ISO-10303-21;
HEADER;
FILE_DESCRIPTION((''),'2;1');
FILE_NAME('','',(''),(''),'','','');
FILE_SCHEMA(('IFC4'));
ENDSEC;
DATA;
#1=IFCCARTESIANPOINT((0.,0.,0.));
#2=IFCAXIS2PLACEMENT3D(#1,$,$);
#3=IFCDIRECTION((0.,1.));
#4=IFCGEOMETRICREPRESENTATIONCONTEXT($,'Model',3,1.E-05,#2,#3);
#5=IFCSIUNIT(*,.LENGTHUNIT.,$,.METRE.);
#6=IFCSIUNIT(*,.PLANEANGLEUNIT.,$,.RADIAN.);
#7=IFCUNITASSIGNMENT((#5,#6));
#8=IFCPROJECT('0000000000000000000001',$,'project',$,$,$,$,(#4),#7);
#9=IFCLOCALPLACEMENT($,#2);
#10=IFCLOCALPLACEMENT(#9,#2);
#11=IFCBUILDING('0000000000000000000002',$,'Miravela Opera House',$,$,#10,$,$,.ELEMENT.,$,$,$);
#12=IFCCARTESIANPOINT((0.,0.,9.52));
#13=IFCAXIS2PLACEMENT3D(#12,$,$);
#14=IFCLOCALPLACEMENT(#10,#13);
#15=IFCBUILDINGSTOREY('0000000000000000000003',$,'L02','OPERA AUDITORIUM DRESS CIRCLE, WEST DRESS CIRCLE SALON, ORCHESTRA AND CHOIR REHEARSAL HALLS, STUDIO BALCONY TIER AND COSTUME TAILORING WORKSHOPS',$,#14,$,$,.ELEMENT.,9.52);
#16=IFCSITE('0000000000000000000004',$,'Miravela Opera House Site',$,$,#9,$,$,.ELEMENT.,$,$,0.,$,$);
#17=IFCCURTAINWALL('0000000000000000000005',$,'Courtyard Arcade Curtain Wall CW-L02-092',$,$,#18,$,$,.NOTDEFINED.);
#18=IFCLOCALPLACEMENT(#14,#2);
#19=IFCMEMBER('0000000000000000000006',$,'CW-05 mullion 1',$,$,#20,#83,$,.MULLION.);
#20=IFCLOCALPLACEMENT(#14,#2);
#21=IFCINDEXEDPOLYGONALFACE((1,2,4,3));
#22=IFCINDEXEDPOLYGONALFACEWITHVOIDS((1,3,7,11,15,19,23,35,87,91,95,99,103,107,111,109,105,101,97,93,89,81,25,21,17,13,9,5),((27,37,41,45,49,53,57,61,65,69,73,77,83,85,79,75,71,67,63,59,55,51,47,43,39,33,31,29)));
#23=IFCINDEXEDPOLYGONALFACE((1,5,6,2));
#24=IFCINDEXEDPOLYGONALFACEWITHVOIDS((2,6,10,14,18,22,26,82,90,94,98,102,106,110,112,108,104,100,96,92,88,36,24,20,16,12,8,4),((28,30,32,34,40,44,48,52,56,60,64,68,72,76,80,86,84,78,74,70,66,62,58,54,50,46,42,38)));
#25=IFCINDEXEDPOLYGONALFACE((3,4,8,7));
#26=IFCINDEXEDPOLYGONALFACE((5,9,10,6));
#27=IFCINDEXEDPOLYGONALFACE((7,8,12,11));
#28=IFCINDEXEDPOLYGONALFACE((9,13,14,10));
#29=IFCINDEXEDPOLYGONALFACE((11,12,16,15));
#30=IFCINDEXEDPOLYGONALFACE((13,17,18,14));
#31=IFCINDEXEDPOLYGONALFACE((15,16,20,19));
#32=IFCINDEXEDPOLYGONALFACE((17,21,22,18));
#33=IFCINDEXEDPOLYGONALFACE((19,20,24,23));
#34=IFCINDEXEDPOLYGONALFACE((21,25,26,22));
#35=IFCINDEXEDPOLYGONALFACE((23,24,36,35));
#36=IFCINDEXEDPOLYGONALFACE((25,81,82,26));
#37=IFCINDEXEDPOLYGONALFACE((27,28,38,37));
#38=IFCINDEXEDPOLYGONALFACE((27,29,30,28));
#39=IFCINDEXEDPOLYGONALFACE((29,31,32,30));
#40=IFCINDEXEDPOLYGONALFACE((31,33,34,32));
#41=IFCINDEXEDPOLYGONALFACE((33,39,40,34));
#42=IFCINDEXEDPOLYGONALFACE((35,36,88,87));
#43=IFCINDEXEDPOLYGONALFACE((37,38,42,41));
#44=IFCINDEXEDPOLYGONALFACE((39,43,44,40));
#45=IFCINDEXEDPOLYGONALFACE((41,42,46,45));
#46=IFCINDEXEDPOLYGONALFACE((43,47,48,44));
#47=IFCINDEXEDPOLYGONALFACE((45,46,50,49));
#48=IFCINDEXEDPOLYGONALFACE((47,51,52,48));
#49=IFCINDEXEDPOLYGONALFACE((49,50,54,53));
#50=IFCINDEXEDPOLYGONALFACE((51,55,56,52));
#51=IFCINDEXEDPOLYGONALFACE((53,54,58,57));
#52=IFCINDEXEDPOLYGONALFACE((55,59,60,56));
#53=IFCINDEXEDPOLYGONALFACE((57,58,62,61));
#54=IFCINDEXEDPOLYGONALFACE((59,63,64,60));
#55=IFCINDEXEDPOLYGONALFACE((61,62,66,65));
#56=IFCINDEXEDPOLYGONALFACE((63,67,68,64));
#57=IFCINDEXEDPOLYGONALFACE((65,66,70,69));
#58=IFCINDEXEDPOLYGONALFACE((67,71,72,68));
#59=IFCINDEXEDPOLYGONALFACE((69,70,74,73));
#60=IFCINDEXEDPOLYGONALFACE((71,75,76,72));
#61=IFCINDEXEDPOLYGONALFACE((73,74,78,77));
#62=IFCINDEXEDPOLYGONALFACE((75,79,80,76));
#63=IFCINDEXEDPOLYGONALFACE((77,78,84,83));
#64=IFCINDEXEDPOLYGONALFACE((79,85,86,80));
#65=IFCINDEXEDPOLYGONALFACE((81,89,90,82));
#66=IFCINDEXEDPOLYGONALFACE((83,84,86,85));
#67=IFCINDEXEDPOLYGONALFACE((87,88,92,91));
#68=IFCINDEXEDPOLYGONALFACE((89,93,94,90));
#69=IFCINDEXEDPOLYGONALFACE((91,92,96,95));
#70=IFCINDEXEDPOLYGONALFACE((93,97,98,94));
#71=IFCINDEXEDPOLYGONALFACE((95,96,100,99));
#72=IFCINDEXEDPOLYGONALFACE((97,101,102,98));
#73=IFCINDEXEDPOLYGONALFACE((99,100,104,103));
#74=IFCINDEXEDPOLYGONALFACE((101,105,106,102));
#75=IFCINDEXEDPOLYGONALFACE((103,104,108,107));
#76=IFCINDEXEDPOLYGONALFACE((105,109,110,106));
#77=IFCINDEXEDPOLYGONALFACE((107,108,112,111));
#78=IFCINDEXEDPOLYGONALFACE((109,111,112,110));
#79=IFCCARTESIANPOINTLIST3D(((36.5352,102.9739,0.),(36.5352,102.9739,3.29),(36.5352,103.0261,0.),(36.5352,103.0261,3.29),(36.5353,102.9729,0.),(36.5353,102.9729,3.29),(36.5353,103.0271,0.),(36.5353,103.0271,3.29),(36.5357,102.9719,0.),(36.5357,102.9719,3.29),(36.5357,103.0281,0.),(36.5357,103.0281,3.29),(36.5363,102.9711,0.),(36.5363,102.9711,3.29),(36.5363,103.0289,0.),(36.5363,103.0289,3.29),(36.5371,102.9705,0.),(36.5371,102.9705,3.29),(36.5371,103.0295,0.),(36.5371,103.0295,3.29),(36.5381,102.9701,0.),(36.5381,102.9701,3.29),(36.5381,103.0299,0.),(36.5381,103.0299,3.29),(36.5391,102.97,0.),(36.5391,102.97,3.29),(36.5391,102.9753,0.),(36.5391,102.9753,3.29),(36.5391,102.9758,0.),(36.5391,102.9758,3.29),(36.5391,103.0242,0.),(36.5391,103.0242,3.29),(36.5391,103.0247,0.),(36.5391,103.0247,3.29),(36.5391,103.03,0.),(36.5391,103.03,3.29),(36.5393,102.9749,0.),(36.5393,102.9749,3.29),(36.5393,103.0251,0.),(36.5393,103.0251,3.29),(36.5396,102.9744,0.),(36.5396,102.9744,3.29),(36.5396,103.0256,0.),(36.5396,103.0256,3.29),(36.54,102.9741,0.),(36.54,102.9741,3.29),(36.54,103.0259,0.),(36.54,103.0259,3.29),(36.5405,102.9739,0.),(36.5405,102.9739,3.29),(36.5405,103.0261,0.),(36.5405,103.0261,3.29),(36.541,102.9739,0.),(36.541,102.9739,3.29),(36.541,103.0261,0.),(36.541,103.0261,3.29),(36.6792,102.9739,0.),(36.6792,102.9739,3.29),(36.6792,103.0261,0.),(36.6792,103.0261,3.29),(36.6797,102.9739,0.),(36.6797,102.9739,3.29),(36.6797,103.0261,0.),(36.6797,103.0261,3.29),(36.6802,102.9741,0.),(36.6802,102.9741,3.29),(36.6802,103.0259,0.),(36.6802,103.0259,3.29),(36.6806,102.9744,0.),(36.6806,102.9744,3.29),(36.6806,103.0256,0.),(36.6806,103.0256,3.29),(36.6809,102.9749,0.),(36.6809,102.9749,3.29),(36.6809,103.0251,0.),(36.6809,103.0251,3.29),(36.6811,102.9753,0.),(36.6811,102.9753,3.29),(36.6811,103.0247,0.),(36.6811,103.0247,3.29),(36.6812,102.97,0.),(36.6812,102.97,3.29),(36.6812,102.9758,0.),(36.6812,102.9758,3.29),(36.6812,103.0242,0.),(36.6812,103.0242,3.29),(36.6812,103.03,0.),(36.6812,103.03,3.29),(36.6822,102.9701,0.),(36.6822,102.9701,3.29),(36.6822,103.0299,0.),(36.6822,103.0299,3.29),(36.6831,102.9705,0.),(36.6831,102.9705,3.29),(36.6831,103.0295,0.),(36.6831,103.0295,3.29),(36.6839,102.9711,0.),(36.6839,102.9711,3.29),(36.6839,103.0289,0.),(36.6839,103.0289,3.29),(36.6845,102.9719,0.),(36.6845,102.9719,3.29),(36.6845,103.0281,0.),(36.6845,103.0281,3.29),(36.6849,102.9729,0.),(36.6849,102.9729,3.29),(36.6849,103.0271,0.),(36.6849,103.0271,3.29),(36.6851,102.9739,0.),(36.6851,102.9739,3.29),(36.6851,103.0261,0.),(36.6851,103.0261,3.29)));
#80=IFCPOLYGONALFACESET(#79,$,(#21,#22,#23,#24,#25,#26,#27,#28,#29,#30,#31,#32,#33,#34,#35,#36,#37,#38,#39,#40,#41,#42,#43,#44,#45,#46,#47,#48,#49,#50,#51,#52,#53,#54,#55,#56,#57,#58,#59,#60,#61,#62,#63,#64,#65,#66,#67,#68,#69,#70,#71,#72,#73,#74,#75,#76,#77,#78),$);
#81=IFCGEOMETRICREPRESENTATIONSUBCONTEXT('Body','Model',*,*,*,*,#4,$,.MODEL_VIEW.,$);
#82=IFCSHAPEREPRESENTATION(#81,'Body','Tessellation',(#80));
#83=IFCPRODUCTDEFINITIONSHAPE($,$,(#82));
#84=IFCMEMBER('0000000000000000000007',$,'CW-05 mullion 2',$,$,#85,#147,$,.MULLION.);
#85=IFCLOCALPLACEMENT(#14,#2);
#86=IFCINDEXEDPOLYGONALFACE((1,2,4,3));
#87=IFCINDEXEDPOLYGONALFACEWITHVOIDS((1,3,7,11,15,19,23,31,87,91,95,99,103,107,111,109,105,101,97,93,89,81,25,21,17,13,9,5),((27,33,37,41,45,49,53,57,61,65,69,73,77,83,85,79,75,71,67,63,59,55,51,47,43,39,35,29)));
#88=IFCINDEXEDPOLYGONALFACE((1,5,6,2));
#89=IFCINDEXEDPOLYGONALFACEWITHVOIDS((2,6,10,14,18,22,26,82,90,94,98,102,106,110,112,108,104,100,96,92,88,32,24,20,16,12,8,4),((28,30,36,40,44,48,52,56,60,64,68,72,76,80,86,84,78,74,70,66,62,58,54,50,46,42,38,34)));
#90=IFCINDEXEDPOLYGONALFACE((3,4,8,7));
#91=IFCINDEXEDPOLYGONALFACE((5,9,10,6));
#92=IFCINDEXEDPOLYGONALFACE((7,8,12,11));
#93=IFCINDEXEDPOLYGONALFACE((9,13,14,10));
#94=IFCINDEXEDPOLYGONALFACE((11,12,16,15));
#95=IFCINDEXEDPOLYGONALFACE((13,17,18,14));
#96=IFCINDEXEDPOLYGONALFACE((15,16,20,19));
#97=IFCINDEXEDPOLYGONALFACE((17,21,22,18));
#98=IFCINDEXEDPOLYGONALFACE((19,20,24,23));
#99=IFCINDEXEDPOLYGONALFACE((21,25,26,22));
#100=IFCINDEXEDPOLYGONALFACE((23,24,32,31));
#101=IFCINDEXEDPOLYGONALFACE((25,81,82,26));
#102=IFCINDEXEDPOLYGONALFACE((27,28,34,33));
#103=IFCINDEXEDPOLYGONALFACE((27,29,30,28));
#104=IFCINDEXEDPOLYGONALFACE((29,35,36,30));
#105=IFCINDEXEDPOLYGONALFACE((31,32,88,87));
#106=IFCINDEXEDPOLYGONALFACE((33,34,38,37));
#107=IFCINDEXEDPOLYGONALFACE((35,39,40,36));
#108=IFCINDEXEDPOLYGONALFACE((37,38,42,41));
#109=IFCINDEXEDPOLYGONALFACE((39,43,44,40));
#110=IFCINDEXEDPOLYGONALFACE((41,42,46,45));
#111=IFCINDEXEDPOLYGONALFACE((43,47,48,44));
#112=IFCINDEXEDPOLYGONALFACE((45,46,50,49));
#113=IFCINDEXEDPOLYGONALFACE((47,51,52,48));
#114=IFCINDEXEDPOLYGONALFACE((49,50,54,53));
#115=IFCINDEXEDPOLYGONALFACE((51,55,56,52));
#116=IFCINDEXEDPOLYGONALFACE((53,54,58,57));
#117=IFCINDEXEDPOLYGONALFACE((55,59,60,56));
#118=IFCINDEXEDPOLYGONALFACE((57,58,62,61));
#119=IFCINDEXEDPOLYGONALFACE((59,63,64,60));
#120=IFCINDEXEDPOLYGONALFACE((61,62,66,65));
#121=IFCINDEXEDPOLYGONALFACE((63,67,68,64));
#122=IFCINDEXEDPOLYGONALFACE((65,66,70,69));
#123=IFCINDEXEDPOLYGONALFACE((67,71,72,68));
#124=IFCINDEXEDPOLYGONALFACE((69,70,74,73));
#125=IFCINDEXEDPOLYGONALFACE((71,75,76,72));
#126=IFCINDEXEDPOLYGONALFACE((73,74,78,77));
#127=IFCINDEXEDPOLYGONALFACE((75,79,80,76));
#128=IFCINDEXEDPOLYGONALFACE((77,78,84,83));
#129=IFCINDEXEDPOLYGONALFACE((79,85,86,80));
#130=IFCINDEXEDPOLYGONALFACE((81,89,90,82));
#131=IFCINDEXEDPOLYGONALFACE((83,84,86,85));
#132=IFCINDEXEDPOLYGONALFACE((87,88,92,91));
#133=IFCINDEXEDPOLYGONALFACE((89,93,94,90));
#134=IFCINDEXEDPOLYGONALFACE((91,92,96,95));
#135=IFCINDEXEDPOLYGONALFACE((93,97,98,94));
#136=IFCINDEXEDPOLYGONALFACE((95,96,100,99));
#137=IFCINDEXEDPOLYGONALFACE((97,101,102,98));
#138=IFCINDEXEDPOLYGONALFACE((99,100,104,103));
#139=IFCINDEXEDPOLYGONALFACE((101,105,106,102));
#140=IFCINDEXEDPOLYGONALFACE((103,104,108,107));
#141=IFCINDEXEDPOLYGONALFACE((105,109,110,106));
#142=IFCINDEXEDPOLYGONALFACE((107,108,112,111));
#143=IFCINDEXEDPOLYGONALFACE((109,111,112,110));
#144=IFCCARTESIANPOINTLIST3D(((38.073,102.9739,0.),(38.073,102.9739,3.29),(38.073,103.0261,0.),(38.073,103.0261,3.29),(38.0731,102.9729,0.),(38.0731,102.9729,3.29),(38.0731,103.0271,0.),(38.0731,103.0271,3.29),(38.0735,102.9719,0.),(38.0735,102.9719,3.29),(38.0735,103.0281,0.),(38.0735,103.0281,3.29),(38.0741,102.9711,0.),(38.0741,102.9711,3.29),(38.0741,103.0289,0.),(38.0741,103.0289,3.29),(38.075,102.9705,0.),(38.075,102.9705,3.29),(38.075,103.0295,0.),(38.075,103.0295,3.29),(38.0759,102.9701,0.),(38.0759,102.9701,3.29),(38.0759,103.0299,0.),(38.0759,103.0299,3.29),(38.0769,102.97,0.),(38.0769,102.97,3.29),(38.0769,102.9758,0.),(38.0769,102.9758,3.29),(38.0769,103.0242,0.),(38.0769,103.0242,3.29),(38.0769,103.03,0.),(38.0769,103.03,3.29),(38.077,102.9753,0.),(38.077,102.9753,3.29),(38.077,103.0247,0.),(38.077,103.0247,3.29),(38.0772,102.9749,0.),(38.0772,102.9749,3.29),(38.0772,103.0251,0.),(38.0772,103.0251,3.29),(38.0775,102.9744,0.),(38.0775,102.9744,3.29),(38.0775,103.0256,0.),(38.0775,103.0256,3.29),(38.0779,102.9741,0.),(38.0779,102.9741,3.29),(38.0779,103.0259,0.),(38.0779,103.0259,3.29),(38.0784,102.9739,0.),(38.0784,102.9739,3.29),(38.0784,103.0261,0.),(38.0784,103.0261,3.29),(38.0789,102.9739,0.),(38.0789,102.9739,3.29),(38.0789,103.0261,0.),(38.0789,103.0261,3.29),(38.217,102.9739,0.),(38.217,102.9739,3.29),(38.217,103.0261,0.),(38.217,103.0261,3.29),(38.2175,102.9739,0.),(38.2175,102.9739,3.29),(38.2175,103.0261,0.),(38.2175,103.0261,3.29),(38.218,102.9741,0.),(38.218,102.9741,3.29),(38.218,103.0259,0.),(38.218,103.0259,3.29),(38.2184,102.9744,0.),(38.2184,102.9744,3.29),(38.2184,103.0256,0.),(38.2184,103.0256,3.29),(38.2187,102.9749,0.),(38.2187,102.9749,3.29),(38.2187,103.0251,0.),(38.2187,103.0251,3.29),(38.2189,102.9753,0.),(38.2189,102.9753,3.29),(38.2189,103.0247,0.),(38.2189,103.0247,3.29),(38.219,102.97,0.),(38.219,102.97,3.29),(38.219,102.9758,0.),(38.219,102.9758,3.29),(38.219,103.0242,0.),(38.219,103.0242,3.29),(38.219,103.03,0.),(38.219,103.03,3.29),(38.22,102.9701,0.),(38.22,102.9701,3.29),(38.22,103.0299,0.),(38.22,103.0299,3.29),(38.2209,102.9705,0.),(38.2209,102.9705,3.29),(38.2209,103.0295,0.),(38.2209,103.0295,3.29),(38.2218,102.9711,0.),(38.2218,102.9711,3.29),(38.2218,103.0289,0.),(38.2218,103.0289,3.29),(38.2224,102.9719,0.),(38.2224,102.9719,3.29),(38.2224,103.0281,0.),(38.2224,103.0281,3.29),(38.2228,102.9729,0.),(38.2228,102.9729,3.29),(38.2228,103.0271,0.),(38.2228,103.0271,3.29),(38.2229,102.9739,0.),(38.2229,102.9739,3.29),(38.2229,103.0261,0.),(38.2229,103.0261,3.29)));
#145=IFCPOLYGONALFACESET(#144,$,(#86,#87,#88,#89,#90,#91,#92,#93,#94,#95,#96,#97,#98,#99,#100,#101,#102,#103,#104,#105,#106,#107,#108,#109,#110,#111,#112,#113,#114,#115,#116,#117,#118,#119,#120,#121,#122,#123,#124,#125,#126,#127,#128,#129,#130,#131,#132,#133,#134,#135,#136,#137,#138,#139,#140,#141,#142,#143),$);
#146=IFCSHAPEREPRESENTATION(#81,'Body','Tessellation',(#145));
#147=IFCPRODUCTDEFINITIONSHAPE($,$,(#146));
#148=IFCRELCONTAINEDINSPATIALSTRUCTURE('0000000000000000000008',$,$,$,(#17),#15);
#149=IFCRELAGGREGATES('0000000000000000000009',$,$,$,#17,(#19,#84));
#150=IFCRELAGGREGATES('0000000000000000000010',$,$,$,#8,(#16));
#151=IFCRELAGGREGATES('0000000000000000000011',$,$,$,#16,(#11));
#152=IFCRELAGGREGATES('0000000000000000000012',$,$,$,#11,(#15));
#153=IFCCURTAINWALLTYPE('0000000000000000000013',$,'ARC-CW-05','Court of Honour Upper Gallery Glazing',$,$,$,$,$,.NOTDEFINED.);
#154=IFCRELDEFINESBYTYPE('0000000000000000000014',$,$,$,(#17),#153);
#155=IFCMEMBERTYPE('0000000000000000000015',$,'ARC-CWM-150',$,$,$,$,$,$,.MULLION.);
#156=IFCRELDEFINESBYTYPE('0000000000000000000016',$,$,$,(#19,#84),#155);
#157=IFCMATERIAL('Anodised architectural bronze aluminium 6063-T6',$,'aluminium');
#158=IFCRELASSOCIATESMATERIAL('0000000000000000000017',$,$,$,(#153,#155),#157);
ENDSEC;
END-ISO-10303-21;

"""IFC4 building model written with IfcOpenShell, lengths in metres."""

from ifc_helpers import new_model, si_unit, direction, frame, origin, origin_2d, place, context, subcontext, project, spatial, hollow_rectangle, extrude, material, material_profile, profile_set, type_object, element, aggregate, save


model = new_model("IFC4")

# Units and contexts
model_context = context("Model", 3, precision=1e-05, world=origin(), true_north=direction((0.0, 1.0)))
body_context = subcontext(model_context, "Body", "Model", "MODEL_VIEW")
ifc_project = project(units=[si_unit("LENGTHUNIT", "METRE"), si_unit("PLANEANGLEUNIT", "RADIAN")], contexts=[model_context])

# Site, building, storey
site_placement = place(None, origin())
site = spatial("IfcSite", under=ifc_project, at=site_placement, Name="Miravela Opera House Site", CompositionType="ELEMENT", RefElevation=0.0)
building_placement = place(site_placement, origin())
building = spatial("IfcBuilding", under=site, at=building_placement, Name="Miravela Opera House", CompositionType="ELEMENT")
storey_placement = place(building_placement, frame((0.0, 0.0, 9.52)))
storey = spatial("IfcBuildingStorey", under=building, at=storey_placement, Name="L02", Description="OPERA AUDITORIUM DRESS CIRCLE, WEST DRESS CIRCLE SALON, ORCHESTRA AND CHOIR REHEARSAL HALLS, STUDIO BALCONY TIER AND COSTUME TAILORING WORKSHOPS", CompositionType="ELEMENT", Elevation=9.52)

# Curtain wall, members
ifc_material_1 = material(Name="Anodised architectural bronze aluminium 6063-T6", Category="aluminium")
curtain_wall_type = type_object("IfcCurtainWallType", Name="ARC-CW-05", Description="Court of Honour Upper Gallery Glazing", PredefinedType="NOTDEFINED", material=ifc_material_1)
ifc_material_profile_1 = material_profile(ifc_material_1, hollow_rectangle(XDim=0.0601, YDim=0.1499, WallThickness=0.0039, InnerFilletRadius=0.002, OuterFilletRadius=0.0039, at=origin_2d()), Name="CWM-60X150")
ifc_profile_set_1 = profile_set([ifc_material_profile_1])
member_type_1 = type_object("IfcMemberType", Name="ARC-CWM-150", PredefinedType="MULLION", material=ifc_profile_set_1)
curtain_wall_1_placement = place(storey_placement, origin())
curtain_wall_1 = element("IfcCurtainWall", 1, at=curtain_wall_1_placement, inside=storey, type_object=curtain_wall_type, Name="Courtyard Arcade Curtain Wall CW-L02-092", PredefinedType="NOTDEFINED")
member_1_placement = place(storey_placement, frame((36.6101, 103.0, 0.0), z_axis=(0.0, 0.0, 1.0), x_axis=(0.0, 1.0, 0.0)))
member_1 = element("IfcMember", 2, at=member_1_placement, type_object=member_type_1, Name="CW-05 mullion 1", PredefinedType="MULLION", context=body_context, shape_type="SweptSolid", body=[
    extrude(hollow_rectangle(XDim=0.0601, YDim=0.1499, WallThickness=0.0039, InnerFilletRadius=0.002, OuterFilletRadius=0.0039, at=origin_2d()), origin(), (0.0, 0.0, 1.0), 3.29),
])
member_2_placement = place(storey_placement, frame((38.1479, 103.0, 0.0), z_axis=(0.0, 0.0, 1.0), x_axis=(0.0, 1.0, 0.0)))
member_2 = element("IfcMember", 3, at=member_2_placement, type_object=member_type_1, Name="CW-05 mullion 2", PredefinedType="MULLION", context=body_context, shape_type="SweptSolid", body=[
    extrude(hollow_rectangle(XDim=0.0601, YDim=0.1499, WallThickness=0.0039, InnerFilletRadius=0.002, OuterFilletRadius=0.0039, at=origin_2d()), origin(), (0.0, 0.0, 1.0), 3.29),
])

aggregate(curtain_wall_1, [member_1, member_2])

save(model, "model.ifc")
